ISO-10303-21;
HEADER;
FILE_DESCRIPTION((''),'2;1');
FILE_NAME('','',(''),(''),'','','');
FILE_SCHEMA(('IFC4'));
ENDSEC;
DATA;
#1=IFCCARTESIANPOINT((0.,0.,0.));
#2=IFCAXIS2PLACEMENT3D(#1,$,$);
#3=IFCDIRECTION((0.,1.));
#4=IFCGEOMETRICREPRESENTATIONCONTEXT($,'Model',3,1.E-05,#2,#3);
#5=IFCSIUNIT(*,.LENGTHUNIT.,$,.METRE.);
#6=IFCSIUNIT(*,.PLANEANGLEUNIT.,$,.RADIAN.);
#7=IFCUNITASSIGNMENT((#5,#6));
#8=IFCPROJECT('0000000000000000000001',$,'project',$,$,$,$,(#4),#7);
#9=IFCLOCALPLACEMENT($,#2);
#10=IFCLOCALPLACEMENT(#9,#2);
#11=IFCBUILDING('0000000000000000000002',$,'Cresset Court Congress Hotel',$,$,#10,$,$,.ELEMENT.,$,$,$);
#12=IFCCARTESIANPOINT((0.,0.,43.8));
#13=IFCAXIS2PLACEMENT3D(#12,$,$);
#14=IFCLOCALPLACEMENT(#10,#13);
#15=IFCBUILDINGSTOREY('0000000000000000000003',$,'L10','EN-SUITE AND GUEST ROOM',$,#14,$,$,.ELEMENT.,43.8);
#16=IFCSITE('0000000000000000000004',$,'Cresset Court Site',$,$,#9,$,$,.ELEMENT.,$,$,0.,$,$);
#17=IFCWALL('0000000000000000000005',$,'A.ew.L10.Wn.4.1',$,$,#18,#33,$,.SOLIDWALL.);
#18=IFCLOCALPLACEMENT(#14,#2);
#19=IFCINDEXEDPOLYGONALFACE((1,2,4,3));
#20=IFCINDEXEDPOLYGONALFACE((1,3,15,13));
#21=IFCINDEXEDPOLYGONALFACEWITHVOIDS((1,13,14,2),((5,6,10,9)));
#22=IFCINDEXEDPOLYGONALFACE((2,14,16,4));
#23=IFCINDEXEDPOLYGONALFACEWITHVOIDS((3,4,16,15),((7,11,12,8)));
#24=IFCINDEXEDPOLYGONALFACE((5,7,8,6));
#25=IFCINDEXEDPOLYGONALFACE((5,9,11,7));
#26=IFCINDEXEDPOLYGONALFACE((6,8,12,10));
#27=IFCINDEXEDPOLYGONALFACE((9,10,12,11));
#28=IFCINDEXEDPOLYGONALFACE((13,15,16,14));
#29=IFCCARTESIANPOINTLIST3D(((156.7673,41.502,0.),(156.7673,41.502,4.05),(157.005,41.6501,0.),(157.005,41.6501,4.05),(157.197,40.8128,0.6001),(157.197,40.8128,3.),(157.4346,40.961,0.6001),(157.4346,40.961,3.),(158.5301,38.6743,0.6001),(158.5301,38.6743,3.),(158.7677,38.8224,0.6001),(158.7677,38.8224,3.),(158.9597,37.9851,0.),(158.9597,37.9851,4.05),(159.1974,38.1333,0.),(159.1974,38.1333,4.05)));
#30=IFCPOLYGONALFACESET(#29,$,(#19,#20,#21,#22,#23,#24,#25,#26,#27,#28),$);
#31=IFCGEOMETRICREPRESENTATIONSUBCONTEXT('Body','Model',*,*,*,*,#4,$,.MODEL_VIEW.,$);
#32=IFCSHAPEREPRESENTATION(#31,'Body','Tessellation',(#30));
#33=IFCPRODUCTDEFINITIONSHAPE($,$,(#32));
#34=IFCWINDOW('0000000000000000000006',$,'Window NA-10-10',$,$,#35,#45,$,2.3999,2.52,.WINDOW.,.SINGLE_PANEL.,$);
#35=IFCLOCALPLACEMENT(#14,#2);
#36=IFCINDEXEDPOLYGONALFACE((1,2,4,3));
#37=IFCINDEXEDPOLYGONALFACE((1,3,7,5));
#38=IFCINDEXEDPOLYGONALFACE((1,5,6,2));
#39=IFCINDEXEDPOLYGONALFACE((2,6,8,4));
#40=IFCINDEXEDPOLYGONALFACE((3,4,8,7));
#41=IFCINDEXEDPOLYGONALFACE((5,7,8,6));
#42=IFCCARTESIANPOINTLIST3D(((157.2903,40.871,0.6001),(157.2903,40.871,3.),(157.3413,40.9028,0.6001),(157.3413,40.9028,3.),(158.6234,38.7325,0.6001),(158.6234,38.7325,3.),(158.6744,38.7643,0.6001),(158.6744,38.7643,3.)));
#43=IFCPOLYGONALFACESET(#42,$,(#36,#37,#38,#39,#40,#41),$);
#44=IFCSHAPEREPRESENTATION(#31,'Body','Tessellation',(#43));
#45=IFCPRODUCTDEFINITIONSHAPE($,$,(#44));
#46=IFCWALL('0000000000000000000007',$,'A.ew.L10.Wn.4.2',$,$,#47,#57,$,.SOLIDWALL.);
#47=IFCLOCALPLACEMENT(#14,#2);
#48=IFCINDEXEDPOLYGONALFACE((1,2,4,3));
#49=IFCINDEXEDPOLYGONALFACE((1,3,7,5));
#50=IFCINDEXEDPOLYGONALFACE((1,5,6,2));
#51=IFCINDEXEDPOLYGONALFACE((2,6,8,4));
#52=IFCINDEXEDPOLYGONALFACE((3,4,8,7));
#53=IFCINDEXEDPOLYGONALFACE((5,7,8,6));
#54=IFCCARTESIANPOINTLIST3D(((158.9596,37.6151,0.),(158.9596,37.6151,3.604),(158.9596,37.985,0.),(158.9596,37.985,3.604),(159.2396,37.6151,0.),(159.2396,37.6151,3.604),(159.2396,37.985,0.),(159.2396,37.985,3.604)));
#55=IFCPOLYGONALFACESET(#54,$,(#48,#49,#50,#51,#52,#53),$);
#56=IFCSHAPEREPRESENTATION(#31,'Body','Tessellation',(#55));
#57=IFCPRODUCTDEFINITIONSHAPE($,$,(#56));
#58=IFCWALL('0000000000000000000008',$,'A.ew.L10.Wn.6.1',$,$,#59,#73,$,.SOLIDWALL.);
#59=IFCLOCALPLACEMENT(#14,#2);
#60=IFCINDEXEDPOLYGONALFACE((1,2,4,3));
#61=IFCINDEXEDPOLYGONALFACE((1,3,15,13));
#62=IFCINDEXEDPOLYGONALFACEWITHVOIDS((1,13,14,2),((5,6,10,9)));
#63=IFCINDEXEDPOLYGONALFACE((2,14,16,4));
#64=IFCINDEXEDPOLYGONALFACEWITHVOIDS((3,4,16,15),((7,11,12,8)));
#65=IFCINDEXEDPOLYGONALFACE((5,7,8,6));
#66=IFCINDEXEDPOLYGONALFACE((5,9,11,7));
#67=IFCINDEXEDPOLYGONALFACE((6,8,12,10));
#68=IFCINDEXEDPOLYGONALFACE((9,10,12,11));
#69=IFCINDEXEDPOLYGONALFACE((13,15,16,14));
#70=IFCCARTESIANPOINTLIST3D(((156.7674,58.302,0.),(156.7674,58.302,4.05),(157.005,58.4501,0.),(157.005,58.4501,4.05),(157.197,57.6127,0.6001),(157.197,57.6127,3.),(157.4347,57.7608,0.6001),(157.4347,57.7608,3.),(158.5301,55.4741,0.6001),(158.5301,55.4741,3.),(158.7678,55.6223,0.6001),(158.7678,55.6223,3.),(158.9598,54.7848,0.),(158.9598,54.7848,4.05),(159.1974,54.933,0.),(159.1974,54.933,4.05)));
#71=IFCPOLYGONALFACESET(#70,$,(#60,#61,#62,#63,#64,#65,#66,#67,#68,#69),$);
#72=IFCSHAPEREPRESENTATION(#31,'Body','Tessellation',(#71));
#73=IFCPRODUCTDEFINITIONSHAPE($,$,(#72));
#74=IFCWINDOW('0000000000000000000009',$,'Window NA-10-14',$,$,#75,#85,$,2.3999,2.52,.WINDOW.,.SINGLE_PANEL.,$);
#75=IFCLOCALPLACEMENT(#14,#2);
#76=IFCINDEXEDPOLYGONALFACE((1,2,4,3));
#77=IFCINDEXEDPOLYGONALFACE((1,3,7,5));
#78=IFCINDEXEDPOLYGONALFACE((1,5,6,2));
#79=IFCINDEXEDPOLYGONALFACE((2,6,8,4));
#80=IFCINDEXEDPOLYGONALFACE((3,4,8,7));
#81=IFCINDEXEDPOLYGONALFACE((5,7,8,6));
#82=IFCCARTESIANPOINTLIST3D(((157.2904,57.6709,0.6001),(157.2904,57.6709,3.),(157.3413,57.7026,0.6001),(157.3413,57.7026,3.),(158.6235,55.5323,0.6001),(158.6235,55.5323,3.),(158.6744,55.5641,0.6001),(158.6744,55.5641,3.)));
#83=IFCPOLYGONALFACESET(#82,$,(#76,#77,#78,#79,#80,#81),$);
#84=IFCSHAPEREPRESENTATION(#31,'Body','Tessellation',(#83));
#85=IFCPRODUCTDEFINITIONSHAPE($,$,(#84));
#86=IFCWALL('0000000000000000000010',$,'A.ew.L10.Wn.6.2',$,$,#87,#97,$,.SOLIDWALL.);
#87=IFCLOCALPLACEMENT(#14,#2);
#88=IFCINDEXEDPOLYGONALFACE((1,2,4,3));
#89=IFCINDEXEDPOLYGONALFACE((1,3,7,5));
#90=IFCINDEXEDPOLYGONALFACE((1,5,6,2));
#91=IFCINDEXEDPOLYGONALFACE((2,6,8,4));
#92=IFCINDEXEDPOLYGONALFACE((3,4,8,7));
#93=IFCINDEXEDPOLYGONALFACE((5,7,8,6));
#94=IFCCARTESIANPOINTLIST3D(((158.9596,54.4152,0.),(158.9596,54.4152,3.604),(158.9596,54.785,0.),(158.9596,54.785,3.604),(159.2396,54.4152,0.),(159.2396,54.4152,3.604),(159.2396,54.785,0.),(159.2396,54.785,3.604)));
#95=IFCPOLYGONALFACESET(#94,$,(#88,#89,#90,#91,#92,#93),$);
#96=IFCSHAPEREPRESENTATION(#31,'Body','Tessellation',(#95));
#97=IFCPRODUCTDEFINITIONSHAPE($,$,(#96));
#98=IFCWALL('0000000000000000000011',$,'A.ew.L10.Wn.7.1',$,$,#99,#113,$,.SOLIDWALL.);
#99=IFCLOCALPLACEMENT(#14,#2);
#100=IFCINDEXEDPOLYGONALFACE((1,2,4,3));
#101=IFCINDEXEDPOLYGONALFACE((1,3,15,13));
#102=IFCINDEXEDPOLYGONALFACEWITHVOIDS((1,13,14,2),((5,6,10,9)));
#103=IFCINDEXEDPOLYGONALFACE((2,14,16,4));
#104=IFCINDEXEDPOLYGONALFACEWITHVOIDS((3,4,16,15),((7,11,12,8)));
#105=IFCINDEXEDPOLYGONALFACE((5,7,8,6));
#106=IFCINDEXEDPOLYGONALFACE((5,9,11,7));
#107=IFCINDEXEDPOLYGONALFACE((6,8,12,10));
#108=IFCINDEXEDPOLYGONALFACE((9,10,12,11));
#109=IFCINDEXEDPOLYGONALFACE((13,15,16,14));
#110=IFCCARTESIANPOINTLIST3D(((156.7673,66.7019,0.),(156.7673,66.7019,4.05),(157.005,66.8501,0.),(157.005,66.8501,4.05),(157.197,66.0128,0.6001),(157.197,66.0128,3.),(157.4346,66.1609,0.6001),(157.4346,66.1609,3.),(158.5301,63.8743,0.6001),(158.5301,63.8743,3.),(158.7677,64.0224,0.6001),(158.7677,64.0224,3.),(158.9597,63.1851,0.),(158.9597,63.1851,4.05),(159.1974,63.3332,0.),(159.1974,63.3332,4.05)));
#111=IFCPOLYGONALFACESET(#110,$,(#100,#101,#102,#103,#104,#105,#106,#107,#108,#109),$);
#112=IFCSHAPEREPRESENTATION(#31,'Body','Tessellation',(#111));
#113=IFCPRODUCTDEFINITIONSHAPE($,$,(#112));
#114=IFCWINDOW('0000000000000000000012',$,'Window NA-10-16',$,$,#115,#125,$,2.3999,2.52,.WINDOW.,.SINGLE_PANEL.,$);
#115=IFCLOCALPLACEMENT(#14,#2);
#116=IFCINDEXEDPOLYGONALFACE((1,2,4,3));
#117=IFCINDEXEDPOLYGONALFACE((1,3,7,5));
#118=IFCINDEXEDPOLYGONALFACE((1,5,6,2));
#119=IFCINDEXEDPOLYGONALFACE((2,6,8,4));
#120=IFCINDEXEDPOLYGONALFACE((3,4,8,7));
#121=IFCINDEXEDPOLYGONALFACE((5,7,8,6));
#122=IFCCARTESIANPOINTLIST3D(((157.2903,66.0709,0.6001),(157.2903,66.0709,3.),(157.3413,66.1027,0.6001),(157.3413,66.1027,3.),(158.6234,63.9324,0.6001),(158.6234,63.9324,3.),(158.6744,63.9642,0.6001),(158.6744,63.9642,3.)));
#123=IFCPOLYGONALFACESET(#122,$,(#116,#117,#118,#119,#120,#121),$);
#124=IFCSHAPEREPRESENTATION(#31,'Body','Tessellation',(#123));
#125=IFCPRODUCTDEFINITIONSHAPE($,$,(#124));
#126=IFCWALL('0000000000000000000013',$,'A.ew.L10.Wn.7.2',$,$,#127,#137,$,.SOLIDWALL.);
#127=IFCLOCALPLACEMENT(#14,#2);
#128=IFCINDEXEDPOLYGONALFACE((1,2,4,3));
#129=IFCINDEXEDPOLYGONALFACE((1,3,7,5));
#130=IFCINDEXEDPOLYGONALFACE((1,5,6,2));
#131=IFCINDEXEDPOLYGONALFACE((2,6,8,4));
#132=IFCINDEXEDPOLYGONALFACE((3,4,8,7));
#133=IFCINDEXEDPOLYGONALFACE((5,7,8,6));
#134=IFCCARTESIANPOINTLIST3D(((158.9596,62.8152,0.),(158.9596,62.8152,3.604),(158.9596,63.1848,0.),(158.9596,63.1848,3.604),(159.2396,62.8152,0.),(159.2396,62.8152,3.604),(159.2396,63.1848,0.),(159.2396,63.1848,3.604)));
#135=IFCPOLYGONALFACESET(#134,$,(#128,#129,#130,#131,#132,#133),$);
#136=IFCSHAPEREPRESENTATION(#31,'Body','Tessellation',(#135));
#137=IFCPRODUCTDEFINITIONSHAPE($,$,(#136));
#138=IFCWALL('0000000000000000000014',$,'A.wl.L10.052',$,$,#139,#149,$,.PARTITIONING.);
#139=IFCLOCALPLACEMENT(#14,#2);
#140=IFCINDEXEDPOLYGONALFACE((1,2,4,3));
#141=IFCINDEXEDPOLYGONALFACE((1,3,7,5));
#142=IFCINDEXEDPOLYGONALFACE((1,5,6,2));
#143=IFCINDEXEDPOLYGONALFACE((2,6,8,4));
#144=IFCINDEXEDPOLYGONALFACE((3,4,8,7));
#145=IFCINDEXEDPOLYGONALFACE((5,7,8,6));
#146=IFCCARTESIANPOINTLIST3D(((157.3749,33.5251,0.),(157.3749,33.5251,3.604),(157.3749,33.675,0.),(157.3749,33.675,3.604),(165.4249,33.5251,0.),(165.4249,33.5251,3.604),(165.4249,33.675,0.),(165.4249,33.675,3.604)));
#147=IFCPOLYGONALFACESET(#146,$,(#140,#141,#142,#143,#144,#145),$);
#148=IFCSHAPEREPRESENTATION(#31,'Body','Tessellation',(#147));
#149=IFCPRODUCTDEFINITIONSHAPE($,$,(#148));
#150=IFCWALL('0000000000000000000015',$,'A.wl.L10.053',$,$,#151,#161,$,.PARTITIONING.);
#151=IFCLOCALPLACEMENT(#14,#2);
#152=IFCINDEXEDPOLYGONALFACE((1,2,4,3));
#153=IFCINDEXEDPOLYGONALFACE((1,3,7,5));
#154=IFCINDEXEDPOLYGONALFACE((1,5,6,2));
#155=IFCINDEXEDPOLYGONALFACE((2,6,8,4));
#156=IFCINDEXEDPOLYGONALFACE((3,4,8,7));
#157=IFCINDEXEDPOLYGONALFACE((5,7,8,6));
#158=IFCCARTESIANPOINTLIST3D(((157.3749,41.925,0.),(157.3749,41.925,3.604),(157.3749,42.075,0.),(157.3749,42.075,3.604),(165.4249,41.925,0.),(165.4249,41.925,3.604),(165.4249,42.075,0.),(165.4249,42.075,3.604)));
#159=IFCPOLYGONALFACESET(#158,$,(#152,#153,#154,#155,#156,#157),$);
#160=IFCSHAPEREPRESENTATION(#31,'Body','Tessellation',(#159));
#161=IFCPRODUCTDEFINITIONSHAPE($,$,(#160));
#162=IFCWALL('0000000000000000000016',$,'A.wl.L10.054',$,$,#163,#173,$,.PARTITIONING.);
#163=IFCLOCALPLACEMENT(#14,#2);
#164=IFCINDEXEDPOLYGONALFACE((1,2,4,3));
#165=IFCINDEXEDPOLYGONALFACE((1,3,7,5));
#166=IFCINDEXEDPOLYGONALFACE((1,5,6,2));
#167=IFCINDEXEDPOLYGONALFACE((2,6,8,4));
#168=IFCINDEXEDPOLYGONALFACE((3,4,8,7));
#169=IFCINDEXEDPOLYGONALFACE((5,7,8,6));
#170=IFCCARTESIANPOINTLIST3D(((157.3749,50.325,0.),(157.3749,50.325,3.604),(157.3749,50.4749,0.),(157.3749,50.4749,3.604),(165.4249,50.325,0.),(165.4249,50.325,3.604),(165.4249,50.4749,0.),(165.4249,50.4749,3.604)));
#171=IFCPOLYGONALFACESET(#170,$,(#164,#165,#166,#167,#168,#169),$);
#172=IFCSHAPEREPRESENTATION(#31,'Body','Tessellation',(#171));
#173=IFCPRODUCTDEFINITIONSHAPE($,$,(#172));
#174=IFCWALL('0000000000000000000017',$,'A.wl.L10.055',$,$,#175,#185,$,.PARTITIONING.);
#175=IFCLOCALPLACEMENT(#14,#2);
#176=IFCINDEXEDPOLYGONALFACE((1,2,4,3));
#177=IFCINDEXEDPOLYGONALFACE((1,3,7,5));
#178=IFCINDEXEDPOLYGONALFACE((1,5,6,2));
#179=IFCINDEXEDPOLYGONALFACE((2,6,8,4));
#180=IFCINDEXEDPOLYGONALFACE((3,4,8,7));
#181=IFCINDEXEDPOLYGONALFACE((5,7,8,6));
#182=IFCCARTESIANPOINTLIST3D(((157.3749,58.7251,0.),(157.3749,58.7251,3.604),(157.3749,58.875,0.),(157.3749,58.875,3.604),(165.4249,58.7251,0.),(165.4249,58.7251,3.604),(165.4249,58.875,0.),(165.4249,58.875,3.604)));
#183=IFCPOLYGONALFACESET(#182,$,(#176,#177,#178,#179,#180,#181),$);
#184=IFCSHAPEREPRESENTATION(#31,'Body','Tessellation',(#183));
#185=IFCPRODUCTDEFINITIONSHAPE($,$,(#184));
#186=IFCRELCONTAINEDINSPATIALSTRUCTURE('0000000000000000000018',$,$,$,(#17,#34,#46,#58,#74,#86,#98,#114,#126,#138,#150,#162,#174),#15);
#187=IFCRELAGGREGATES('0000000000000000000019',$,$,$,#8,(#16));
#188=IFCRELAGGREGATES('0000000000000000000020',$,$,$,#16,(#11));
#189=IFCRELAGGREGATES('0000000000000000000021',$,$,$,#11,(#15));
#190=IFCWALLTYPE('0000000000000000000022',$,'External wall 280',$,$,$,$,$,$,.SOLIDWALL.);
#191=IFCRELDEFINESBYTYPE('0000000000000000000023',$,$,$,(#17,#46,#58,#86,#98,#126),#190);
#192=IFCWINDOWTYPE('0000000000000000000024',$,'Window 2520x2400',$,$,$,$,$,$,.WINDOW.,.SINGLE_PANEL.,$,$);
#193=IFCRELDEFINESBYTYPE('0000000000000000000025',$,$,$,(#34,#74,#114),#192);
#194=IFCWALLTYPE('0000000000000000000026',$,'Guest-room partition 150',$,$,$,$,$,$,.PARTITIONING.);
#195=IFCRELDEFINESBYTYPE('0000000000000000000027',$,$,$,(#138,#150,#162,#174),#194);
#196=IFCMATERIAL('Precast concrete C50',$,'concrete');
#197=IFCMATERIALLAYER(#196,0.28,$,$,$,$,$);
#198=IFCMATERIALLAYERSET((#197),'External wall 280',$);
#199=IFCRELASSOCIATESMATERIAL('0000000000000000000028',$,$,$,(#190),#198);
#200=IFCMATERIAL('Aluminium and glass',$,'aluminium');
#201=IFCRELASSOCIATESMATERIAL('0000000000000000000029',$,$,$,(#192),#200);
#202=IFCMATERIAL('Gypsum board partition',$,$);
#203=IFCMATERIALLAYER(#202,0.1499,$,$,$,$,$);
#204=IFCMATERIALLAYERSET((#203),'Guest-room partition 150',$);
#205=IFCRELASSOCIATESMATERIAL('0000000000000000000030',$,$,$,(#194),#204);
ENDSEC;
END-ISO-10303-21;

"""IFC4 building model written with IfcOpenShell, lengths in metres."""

from ifc_helpers import new_model, si_unit, direction, frame, frame_2d, origin, place, context, subcontext, project, spatial, rectangle, extrude, material, layer, layer_set, type_object, element, fill, save


model = new_model("IFC4")

# Units and contexts
model_context = context("Model", 3, precision=1e-05, world=origin(), true_north=direction((0.0, 1.0)))
body_context = subcontext(model_context, "Body", "Model", "MODEL_VIEW")
ifc_project = project(units=[si_unit("LENGTHUNIT", "METRE"), si_unit("PLANEANGLEUNIT", "RADIAN")], contexts=[model_context])

# Site, building, storey
site_placement = place(None, origin())
site = spatial("IfcSite", under=ifc_project, at=site_placement, Name="Cresset Court Site", CompositionType="ELEMENT", RefElevation=0.0)
building_placement = place(site_placement, origin())
building = spatial("IfcBuilding", under=site, at=building_placement, Name="Cresset Court Congress Hotel", CompositionType="ELEMENT")
storey_placement = place(building_placement, frame((0.0, 0.0, 43.8)))
storey = spatial("IfcBuildingStorey", under=building, at=storey_placement, Name="L10", Description="EN-SUITE AND GUEST ROOM", CompositionType="ELEMENT", Elevation=43.8)

# Wall, opening, window
ifc_material_1 = material(Name="Precast concrete C50", Category="concrete")
ifc_layer_1 = layer(ifc_material_1, 0.28)
ifc_layer_set_1 = layer_set([ifc_layer_1], Name="External wall 280")
wall_type_1 = type_object("IfcWallType", Name="External wall 280", PredefinedType="SOLIDWALL", material=ifc_layer_set_1)
wall_1_placement = place(storey_placement, frame((159.0786, 38.0591, 0.0), z_axis=(0.0, 0.0, 1.0), x_axis=(-0.529019, 0.84861, 0.0)))
wall_1 = element("IfcWall", 1, at=wall_1_placement, inside=storey, type_object=wall_type_1, Name="A.ew.L10.Wn.4.1", PredefinedType="SOLIDWALL", context=body_context, shape_type="SweptSolid", body=[
    extrude(rectangle(XDim=4.1443, YDim=0.28, at=frame_2d((2.0723, 0.0))), origin(), (0.0, 0.0, 1.0), 4.05),
])
opening_1_placement = place(wall_1_placement, frame((0.8123, 0.0, 0.6001)))
opening_1 = element("IfcOpeningElement", 2, at=opening_1_placement, cuts=wall_1, PredefinedType="OPENING", context=body_context, shape_type="SweptSolid", body=[
    extrude(rectangle(XDim=2.52, YDim=2.3999, at=frame_2d((1.26, 1.2))), frame((0.0, 0.1499, 0.0), z_axis=(0.0, -1.0, 0.0), x_axis=(1.0, 0.0, 0.0)), (0.0, 0.0, 1.0), 0.3),
])
ifc_material_2 = material(Name="Aluminium and glass", Category="aluminium")
window_type = type_object("IfcWindowType", Name="Window 2520x2400", PartitioningType="SINGLE_PANEL", PredefinedType="WINDOW", material=ifc_material_2)
window_1_placement = place(opening_1_placement, origin())
window_1 = element("IfcWindow", 3, at=window_1_placement, inside=storey, type_object=window_type, Name="Window NA-10-10", OverallHeight=2.3999, OverallWidth=2.52, PartitioningType="SINGLE_PANEL", PredefinedType="WINDOW", context=body_context, shape_type="SweptSolid", body=[
    extrude(rectangle(XDim=2.52, YDim=2.3999, at=frame_2d((1.26, 1.2))), frame((0.0, 0.03, 0.0), z_axis=(0.0, -1.0, 0.0), x_axis=(1.0, 0.0, 0.0)), (0.0, 0.0, 1.0), 0.0601),
])
fill(opening_1, window_1)

# Wall
wall_2_placement = place(storey_placement, frame((159.0996, 37.615, 0.0), z_axis=(0.0, 0.0, 1.0), x_axis=(0.0, 1.0, 0.0)))
element("IfcWall", 4, at=wall_2_placement, inside=storey, type_object=wall_type_1, Name="A.ew.L10.Wn.4.2", PredefinedType="SOLIDWALL", context=body_context, shape_type="SweptSolid", body=[
    extrude(rectangle(XDim=0.3699, YDim=0.28, at=frame_2d((0.1851, 0.0))), origin(), (0.0, 0.0, 1.0), 3.604),
])

# Wall, opening, window
wall_3_placement = place(storey_placement, frame((159.0786, 54.8589, 0.0), z_axis=(0.0, 0.0, 1.0), x_axis=(-0.528993, 0.848626, 0.0)))
wall_3 = element("IfcWall", 5, at=wall_3_placement, inside=storey, type_object=wall_type_1, Name="A.ew.L10.Wn.6.1", PredefinedType="SOLIDWALL", context=body_context, shape_type="SweptSolid", body=[
    extrude(rectangle(XDim=4.1445, YDim=0.28, at=frame_2d((2.0723, 0.0))), origin(), (0.0, 0.0, 1.0), 4.05),
])
opening_2_placement = place(wall_3_placement, frame((0.8123, 0.0, 0.6001)))
opening_2 = element("IfcOpeningElement", 6, at=opening_2_placement, cuts=wall_3, PredefinedType="OPENING", context=body_context, shape_type="SweptSolid", body=[
    extrude(rectangle(XDim=2.52, YDim=2.3999, at=frame_2d((1.26, 1.2))), frame((0.0, 0.1499, 0.0), z_axis=(0.0, -1.0, 0.0), x_axis=(1.0, 0.0, 0.0)), (0.0, 0.0, 1.0), 0.3),
])
window_2_placement = place(opening_2_placement, origin())
window_2 = element("IfcWindow", 7, at=window_2_placement, inside=storey, type_object=window_type, Name="Window NA-10-14", OverallHeight=2.3999, OverallWidth=2.52, PartitioningType="SINGLE_PANEL", PredefinedType="WINDOW", context=body_context, shape_type="SweptSolid", body=[
    extrude(rectangle(XDim=2.52, YDim=2.3999, at=frame_2d((1.26, 1.2))), frame((0.0, 0.03, 0.0), z_axis=(0.0, -1.0, 0.0), x_axis=(1.0, 0.0, 0.0)), (0.0, 0.0, 1.0), 0.0601),
])
fill(opening_2, window_2)

# Wall
wall_4_placement = place(storey_placement, frame((159.0996, 54.415, 0.0), z_axis=(0.0, 0.0, 1.0), x_axis=(0.0, 1.0, 0.0)))
element("IfcWall", 8, at=wall_4_placement, inside=storey, type_object=wall_type_1, Name="A.ew.L10.Wn.6.2", PredefinedType="SOLIDWALL", context=body_context, shape_type="SweptSolid", body=[
    extrude(rectangle(XDim=0.3699, YDim=0.28, at=frame_2d((0.1851, 0.0))), origin(), (0.0, 0.0, 1.0), 3.604),
])

# Wall, opening, window
wall_5_placement = place(storey_placement, frame((159.0786, 63.259, 0.0), z_axis=(0.0, 0.0, 1.0), x_axis=(-0.529019, 0.84861, 0.0)))
wall_5 = element("IfcWall", 9, at=wall_5_placement, inside=storey, type_object=wall_type_1, Name="A.ew.L10.Wn.7.1", PredefinedType="SOLIDWALL", context=body_context, shape_type="SweptSolid", body=[
    extrude(rectangle(XDim=4.1443, YDim=0.28, at=frame_2d((2.0723, 0.0))), origin(), (0.0, 0.0, 1.0), 4.05),
])
opening_3_placement = place(wall_5_placement, frame((0.8123, 0.0, 0.6001)))
opening_3 = element("IfcOpeningElement", 10, at=opening_3_placement, cuts=wall_5, PredefinedType="OPENING", context=body_context, shape_type="SweptSolid", body=[
    extrude(rectangle(XDim=2.52, YDim=2.3999, at=frame_2d((1.26, 1.2))), frame((0.0, 0.1499, 0.0), z_axis=(0.0, -1.0, 0.0), x_axis=(1.0, 0.0, 0.0)), (0.0, 0.0, 1.0), 0.3),
])
window_3_placement = place(opening_3_placement, origin())
window_3 = element("IfcWindow", 11, at=window_3_placement, inside=storey, type_object=window_type, Name="Window NA-10-16", OverallHeight=2.3999, OverallWidth=2.52, PartitioningType="SINGLE_PANEL", PredefinedType="WINDOW", context=body_context, shape_type="SweptSolid", body=[
    extrude(rectangle(XDim=2.52, YDim=2.3999, at=frame_2d((1.26, 1.2))), frame((0.0, 0.03, 0.0), z_axis=(0.0, -1.0, 0.0), x_axis=(1.0, 0.0, 0.0)), (0.0, 0.0, 1.0), 0.0601),
])
fill(opening_3, window_3)

# Walls
wall_6_placement = place(storey_placement, frame((159.0996, 62.8152, 0.0), z_axis=(0.0, 0.0, 1.0), x_axis=(0.0, 1.0, 0.0)))
element("IfcWall", 12, at=wall_6_placement, inside=storey, type_object=wall_type_1, Name="A.ew.L10.Wn.7.2", PredefinedType="SOLIDWALL", context=body_context, shape_type="SweptSolid", body=[
    extrude(rectangle(XDim=0.3696, YDim=0.28, at=frame_2d((0.1848, 0.0))), origin(), (0.0, 0.0, 1.0), 3.604),
])
ifc_material_3 = material(Name="Gypsum board partition")
ifc_layer_2 = layer(ifc_material_3, 0.1499)
ifc_layer_set_2 = layer_set([ifc_layer_2], Name="Guest-room partition 150")
wall_type_2 = type_object("IfcWallType", Name="Guest-room partition 150", PredefinedType="PARTITIONING", material=ifc_layer_set_2)
for number, where, z_axis, x_axis, name in (
    (13, (157.375, 33.6001, 0.0), (0.0, 0.0, 1.0), (1.0, 0.0, 0.0), "A.wl.L10.052"),
    (14, (157.375, 42.0, 0.0), (0.0, 0.0, 1.0), (1.0, 0.0, 0.0), "A.wl.L10.053"),
    (15, (157.375, 50.3999, 0.0), (0.0, 0.0, 1.0), (1.0, 0.0, 0.0), "A.wl.L10.054"),
    (16, (157.375, 58.8, 0.0), (0.0, 0.0, 1.0), (1.0, 0.0, 0.0), "A.wl.L10.055"),
):
    element("IfcWall", number, at=place(storey_placement, frame(where, z_axis=z_axis, x_axis=x_axis)), inside=storey, type_object=wall_type_2, Name=name, PredefinedType="PARTITIONING", context=body_context, shape_type="SweptSolid", body=[
        extrude(rectangle(XDim=8.05, YDim=0.1499, at=frame_2d((4.0249, 0.0))), origin(), (0.0, 0.0, 1.0), 3.604),
    ])

save(model, "model.ifc")
